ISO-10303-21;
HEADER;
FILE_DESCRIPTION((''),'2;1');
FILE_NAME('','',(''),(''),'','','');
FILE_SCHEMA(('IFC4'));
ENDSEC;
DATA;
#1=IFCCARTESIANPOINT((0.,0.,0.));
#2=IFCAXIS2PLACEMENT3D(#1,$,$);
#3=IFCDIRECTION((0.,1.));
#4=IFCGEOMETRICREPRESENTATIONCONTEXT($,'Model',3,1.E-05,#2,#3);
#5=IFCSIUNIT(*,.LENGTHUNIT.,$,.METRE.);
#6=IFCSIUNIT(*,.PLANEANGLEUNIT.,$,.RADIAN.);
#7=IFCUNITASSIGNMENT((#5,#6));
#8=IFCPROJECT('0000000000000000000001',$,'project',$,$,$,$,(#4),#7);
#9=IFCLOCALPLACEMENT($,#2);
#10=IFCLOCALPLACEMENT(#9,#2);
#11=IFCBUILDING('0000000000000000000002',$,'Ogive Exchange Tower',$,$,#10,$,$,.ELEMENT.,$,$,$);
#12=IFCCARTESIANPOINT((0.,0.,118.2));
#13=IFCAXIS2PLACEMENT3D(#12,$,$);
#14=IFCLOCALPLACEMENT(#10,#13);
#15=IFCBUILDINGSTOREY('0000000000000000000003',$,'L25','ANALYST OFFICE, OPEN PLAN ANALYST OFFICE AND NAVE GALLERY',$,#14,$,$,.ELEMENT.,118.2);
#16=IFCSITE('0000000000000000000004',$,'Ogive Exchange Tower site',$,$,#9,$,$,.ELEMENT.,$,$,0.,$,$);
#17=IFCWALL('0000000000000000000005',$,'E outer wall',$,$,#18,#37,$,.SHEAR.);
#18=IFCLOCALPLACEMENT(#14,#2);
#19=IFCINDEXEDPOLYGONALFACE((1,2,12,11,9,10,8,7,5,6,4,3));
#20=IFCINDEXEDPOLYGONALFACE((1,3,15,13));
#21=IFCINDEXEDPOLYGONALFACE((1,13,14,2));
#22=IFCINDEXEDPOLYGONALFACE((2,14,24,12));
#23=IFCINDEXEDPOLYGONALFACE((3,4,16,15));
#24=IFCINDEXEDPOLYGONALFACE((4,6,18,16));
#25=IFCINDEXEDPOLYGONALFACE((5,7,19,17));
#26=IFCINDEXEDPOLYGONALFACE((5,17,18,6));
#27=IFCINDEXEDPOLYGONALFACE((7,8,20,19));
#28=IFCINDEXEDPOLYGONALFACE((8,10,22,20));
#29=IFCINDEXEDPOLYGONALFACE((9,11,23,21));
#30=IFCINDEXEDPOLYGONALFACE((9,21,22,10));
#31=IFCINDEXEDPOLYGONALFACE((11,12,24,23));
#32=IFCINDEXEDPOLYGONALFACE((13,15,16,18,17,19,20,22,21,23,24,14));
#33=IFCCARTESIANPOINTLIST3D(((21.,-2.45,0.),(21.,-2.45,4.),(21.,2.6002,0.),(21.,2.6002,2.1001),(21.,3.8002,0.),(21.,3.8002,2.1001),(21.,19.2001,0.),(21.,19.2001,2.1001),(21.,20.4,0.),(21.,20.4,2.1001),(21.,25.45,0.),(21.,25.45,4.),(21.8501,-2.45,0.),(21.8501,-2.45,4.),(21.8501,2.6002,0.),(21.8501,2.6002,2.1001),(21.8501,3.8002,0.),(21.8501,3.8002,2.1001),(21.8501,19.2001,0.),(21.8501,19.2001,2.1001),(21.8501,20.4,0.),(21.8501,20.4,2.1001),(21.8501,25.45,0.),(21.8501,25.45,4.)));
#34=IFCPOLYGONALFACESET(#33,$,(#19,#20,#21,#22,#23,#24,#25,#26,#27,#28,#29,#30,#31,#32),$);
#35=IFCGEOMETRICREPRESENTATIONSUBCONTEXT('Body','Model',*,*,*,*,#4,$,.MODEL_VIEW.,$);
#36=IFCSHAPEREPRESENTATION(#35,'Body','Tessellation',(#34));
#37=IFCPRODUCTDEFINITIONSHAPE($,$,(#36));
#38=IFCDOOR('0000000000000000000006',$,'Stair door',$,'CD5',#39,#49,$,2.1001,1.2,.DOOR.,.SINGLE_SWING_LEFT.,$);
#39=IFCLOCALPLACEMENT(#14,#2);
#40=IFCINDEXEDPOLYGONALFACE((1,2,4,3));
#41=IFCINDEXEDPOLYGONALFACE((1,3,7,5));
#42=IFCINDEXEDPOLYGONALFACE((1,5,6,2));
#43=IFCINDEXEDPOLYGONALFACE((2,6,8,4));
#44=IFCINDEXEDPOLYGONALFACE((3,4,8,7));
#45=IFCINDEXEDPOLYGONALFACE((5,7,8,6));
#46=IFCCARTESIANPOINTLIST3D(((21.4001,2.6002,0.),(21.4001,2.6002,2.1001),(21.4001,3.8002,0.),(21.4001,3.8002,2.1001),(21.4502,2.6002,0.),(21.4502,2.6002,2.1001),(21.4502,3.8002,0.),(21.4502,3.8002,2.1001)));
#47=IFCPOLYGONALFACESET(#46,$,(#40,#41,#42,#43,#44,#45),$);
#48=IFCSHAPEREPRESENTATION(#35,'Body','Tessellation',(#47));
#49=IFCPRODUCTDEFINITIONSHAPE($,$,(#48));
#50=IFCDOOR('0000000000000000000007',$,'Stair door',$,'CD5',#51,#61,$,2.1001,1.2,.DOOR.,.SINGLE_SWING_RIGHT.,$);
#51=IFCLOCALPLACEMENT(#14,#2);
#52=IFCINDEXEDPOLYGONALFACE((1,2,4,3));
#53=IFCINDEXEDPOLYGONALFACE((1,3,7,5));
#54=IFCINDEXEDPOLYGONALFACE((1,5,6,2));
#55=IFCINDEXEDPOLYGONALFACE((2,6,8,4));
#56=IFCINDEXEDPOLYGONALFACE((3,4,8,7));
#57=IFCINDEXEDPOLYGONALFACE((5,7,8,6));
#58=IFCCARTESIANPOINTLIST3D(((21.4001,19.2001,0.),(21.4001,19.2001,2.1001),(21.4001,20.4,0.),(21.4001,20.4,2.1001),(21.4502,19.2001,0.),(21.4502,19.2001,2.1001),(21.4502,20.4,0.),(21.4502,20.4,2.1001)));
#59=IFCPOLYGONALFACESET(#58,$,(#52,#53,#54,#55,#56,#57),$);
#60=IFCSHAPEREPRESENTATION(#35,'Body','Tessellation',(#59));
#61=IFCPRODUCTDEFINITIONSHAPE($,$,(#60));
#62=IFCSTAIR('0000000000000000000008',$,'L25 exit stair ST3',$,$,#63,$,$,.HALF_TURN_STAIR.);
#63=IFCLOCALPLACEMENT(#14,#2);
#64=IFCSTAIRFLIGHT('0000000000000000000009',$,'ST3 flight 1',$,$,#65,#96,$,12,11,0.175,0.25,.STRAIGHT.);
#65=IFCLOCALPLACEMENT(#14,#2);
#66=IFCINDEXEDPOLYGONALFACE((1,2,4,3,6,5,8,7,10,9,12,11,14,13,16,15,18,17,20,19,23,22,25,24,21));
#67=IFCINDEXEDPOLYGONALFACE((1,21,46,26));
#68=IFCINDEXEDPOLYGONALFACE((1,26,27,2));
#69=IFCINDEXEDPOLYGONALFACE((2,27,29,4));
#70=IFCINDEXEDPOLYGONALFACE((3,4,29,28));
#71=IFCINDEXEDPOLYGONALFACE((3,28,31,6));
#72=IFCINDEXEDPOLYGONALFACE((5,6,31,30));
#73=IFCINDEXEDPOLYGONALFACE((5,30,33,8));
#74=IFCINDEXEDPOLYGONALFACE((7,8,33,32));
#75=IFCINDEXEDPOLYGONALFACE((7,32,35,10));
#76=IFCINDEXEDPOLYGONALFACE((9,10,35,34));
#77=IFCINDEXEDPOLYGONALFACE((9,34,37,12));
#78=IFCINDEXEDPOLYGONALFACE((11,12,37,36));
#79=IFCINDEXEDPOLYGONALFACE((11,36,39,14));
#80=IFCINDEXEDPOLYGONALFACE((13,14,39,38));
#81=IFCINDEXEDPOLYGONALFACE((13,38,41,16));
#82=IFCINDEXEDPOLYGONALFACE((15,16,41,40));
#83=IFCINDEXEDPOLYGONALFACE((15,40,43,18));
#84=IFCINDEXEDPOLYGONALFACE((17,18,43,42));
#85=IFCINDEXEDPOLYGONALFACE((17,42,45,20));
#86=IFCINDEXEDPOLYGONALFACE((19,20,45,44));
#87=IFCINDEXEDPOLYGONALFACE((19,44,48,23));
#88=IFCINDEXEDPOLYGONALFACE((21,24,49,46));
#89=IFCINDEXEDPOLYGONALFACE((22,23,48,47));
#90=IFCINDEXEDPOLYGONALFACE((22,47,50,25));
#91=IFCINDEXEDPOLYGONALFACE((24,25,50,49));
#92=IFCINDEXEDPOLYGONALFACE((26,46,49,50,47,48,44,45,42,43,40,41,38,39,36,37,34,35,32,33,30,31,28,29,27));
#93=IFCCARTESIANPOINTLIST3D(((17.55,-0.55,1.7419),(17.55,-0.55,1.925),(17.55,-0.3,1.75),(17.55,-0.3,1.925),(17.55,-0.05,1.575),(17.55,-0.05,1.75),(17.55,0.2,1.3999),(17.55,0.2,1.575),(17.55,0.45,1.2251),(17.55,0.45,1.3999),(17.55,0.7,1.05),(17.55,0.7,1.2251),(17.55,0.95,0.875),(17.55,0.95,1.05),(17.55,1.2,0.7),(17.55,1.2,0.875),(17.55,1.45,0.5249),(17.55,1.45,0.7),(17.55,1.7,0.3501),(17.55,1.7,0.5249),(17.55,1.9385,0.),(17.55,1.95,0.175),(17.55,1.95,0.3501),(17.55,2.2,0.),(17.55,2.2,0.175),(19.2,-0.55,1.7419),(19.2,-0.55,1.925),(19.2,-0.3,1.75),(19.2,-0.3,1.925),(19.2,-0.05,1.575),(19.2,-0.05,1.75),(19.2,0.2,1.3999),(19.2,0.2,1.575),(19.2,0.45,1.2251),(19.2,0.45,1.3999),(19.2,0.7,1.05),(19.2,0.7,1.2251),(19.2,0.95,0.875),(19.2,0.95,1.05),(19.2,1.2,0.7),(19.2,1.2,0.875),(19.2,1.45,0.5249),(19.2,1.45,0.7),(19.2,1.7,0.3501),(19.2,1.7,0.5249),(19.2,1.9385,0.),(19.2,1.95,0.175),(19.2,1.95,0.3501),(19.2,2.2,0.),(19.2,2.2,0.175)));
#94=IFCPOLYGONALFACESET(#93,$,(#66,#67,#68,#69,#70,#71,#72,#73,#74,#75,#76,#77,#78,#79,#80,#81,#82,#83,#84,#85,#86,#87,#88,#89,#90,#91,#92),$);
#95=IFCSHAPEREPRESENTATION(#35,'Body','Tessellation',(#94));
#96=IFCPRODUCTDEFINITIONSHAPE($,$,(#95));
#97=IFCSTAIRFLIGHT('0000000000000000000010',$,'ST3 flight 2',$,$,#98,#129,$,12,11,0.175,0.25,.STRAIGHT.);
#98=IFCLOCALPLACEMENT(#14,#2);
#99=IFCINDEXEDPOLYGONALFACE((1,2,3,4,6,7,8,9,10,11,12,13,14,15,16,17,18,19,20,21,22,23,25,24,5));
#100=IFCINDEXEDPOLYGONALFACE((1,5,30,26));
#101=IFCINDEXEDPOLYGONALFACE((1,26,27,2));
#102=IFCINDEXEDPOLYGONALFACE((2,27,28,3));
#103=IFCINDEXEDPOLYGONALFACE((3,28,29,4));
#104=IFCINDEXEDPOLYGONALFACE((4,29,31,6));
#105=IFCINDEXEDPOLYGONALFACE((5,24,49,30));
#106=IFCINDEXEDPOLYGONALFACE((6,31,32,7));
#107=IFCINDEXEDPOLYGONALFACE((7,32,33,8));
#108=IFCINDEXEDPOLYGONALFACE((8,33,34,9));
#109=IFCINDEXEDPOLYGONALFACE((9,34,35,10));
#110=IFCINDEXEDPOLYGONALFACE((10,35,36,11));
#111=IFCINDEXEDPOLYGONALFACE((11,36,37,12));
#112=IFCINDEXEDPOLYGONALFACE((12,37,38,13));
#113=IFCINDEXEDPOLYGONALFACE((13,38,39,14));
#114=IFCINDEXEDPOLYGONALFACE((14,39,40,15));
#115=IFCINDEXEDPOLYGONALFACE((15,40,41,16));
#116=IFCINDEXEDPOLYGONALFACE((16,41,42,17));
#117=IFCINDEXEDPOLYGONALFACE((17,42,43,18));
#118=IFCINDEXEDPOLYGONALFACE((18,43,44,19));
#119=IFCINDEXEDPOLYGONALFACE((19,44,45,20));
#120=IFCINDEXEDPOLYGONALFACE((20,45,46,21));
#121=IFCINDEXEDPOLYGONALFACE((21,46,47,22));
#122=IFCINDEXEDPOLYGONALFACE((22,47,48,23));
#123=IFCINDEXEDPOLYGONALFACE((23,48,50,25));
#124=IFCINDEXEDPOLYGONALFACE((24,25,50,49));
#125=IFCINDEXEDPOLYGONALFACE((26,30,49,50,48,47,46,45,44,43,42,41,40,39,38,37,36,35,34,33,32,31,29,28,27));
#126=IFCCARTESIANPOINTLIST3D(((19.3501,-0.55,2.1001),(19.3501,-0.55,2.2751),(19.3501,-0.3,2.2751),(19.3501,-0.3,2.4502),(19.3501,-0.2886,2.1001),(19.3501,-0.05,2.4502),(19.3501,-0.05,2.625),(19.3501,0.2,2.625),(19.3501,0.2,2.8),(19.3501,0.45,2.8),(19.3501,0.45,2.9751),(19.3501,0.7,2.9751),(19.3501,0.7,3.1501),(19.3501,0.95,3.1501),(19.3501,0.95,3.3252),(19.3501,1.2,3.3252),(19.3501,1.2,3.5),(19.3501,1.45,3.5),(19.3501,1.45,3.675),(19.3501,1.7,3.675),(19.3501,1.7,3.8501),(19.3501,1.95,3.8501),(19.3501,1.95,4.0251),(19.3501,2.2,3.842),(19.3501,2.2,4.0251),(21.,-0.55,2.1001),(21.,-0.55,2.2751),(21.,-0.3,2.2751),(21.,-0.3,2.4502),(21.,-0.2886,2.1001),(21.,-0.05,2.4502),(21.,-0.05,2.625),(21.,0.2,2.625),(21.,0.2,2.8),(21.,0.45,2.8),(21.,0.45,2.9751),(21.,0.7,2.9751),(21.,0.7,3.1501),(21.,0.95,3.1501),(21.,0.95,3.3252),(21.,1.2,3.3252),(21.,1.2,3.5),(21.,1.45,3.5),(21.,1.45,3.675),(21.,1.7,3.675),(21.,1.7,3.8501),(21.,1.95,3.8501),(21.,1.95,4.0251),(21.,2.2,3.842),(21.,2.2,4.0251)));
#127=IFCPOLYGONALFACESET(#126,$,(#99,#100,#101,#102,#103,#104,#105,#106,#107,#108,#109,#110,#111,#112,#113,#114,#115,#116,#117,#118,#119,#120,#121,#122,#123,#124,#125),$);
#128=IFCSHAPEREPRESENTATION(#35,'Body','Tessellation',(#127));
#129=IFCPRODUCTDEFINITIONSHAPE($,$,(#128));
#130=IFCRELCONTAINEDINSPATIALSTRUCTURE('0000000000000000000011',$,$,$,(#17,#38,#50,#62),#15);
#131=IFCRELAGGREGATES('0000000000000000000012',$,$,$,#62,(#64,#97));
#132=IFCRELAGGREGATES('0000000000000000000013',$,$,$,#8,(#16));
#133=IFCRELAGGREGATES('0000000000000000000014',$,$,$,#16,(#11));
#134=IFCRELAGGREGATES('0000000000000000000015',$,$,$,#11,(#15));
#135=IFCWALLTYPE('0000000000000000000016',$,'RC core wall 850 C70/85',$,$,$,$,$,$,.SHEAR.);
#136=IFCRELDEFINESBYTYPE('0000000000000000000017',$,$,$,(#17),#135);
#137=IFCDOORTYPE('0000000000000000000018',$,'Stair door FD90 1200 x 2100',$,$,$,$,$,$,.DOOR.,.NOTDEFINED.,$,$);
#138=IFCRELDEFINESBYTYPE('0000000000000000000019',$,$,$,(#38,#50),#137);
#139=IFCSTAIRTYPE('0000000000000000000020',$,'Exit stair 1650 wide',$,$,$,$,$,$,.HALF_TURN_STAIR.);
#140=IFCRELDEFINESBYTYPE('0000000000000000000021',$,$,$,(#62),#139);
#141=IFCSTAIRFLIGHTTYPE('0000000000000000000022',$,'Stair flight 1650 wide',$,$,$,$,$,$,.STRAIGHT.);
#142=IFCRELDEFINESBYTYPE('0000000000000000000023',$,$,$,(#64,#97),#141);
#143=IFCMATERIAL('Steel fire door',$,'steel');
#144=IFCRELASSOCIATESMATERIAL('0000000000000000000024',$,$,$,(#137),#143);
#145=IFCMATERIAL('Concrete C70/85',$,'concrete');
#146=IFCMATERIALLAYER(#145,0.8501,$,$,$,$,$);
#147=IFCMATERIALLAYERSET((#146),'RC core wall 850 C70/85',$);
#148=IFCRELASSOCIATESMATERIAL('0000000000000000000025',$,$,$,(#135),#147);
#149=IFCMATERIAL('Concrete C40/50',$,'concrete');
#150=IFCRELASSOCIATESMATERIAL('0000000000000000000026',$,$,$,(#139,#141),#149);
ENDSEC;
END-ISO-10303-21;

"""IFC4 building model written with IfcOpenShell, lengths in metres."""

from ifc_helpers import new_model, si_unit, direction, frame, frame_2d, origin, place, context, subcontext, project, spatial, polyline, rectangle, outline, extrude, material, layer, layer_set, type_object, element, fill, aggregate, save


model = new_model("IFC4")

# Units and contexts
model_context = context("Model", 3, precision=1e-05, world=origin(), true_north=direction((0.0, 1.0)))
body_context = subcontext(model_context, "Body", "Model", "MODEL_VIEW")
ifc_project = project(units=[si_unit("LENGTHUNIT", "METRE"), si_unit("PLANEANGLEUNIT", "RADIAN")], contexts=[model_context])

# Site, building, storey
site_placement = place(None, origin())
site = spatial("IfcSite", under=ifc_project, at=site_placement, Name="Ogive Exchange Tower site", CompositionType="ELEMENT", RefElevation=0.0)
building_placement = place(site_placement, origin())
building = spatial("IfcBuilding", under=site, at=building_placement, Name="Ogive Exchange Tower", CompositionType="ELEMENT")
storey_placement = place(building_placement, frame((0.0, 0.0, 118.2)))
storey = spatial("IfcBuildingStorey", under=building, at=storey_placement, Name="L25", Description="ANALYST OFFICE, OPEN PLAN ANALYST OFFICE AND NAVE GALLERY", CompositionType="ELEMENT", Elevation=118.2)

# Shared definitions
ifc_material_1 = material(Name="Concrete C70/85", Category="concrete")
ifc_material_2 = material(Name="Steel fire door", Category="steel")
door_type_1 = type_object("IfcDoorType", Name="Stair door FD90 1200 x 2100", OperationType="NOTDEFINED", PredefinedType="DOOR", material=ifc_material_2)

# Wall, openings, doors
ifc_layer_1 = layer(ifc_material_1, 0.8501)
ifc_layer_set_1 = layer_set([ifc_layer_1], Name="RC core wall 850 C70/85")
wall_type_1 = type_object("IfcWallType", Name="RC core wall 850 C70/85", PredefinedType="SHEAR", material=ifc_layer_set_1)
wall_1_placement = place(storey_placement, frame((21.425, -2.45, 0.0), z_axis=(0.0, 0.0, 1.0), x_axis=(0.0, 1.0, 0.0)))
wall_1 = element("IfcWall", 1, at=wall_1_placement, inside=storey, type_object=wall_type_1, Name="E outer wall", PredefinedType="SHEAR", context=body_context, shape_type="SweptSolid", body=[
    extrude(rectangle(XDim=27.8999, YDim=0.8501, at=frame_2d((13.95, 0.0))), origin(), (0.0, 0.0, 1.0), 4.0),
])
opening_1_placement = place(wall_1_placement, frame((5.05, 0.0, 0.0)))
opening_1 = element("IfcOpeningElement", 2, at=opening_1_placement, cuts=wall_1, PredefinedType="OPENING", context=body_context, shape_type="SweptSolid", body=[
    extrude(rectangle(XDim=1.2, YDim=2.1001, at=frame_2d((0.6001, 1.05))), frame((0.0, 0.4351, 0.0), z_axis=(0.0, -1.0, 0.0), x_axis=(1.0, 0.0, 0.0)), (0.0, 0.0, 1.0), 0.8701),
])
opening_2_placement = place(wall_1_placement, frame((21.6499, 0.0, 0.0)))
opening_2 = element("IfcOpeningElement", 3, at=opening_2_placement, cuts=wall_1, PredefinedType="OPENING", context=body_context, shape_type="SweptSolid", body=[
    extrude(rectangle(XDim=1.2, YDim=2.1001, at=frame_2d((0.6001, 1.05))), frame((0.0, 0.4351, 0.0), z_axis=(0.0, -1.0, 0.0), x_axis=(1.0, 0.0, 0.0)), (0.0, 0.0, 1.0), 0.8701),
])
door_1_placement = place(opening_1_placement, origin())
door_1 = element("IfcDoor", 4, at=door_1_placement, inside=storey, type_object=door_type_1, Name="Stair door", ObjectType="CD5", OperationType="SINGLE_SWING_LEFT", OverallHeight=2.1001, OverallWidth=1.2, PredefinedType="DOOR", context=body_context, shape_type="SweptSolid", body=[
    extrude(rectangle(XDim=1.2, YDim=2.1001, at=frame_2d((0.6001, 1.05))), frame((0.0, 0.0249, 0.0), z_axis=(0.0, -1.0, 0.0), x_axis=(1.0, 0.0, 0.0)), (0.0, 0.0, 1.0), 0.05),
])
fill(opening_1, door_1)
door_2_placement = place(opening_2_placement, origin())
door_2 = element("IfcDoor", 5, at=door_2_placement, inside=storey, type_object=door_type_1, Name="Stair door", ObjectType="CD5", OperationType="SINGLE_SWING_RIGHT", OverallHeight=2.1001, OverallWidth=1.2, PredefinedType="DOOR", context=body_context, shape_type="SweptSolid", body=[
    extrude(rectangle(XDim=1.2, YDim=2.1001, at=frame_2d((0.6001, 1.05))), frame((0.0, 0.0249, 0.0), z_axis=(0.0, -1.0, 0.0), x_axis=(1.0, 0.0, 0.0)), (0.0, 0.0, 1.0), 0.05),
])
fill(opening_2, door_2)

# Stair, stair flights
ifc_material_3 = material(Name="Concrete C40/50", Category="concrete")
stair_type = type_object("IfcStairType", Name="Exit stair 1650 wide", PredefinedType="HALF_TURN_STAIR", material=ifc_material_3)
stair_placement = place(storey_placement, origin())
stair = element("IfcStair", 6, at=stair_placement, inside=storey, type_object=stair_type, Name="L25 exit stair ST3", PredefinedType="HALF_TURN_STAIR")
stair_flight_type = type_object("IfcStairFlightType", Name="Stair flight 1650 wide", PredefinedType="STRAIGHT", material=ifc_material_3)
stair_flight_1_placement = place(storey_placement, frame((18.375, 2.2, 0.0), z_axis=(0.0, 0.0, 1.0), x_axis=(0.0, -1.0, 0.0)))
stair_flight_1 = element("IfcStairFlight", 7, at=stair_flight_1_placement, type_object=stair_flight_type, Name="ST3 flight 1", NumberOfRisers=12, NumberOfTreads=11, PredefinedType="STRAIGHT", RiserHeight=0.175, TreadLength=0.25, context=body_context, shape_type="SweptSolid", body=[
    extrude(outline(polyline([(0.0, 0.0), (0.0, 0.175), (0.25, 0.175), (0.25, 0.3501), (0.5, 0.3501), (0.5, 0.5249), (0.75, 0.5249), (0.75, 0.7), (1.0, 0.7), (1.0, 0.875), (1.25, 0.875), (1.25, 1.05), (1.5, 1.05), (1.5, 1.2251), (1.75, 1.2251), (1.75, 1.3999), (2.0, 1.3999), (2.0, 1.575), (2.25, 1.575), (2.25, 1.75), (2.5, 1.75), (2.5, 1.925), (2.75, 1.925), (2.75, 2.1001), (2.75, 1.7419), (0.2615, 0.0), (0.0, 0.0)])), frame((0.0, 0.825, 0.0), z_axis=(0.0, -1.0, 0.0), x_axis=(1.0, 0.0, 0.0)), (0.0, 0.0, 1.0), 1.6499),
])
stair_flight_2_placement = place(storey_placement, frame((20.175, -0.55, 2.1001), z_axis=(0.0, 0.0, 1.0), x_axis=(0.0, 1.0, 0.0)))
stair_flight_2 = element("IfcStairFlight", 8, at=stair_flight_2_placement, type_object=stair_flight_type, Name="ST3 flight 2", NumberOfRisers=12, NumberOfTreads=11, PredefinedType="STRAIGHT", RiserHeight=0.175, TreadLength=0.25, context=body_context, shape_type="SweptSolid", body=[
    extrude(outline(polyline([(0.0, 0.0), (0.0, 0.175), (0.25, 0.175), (0.25, 0.3501), (0.5, 0.3501), (0.5, 0.5249), (0.75, 0.5249), (0.75, 0.7), (1.0, 0.7), (1.0, 0.875), (1.25, 0.875), (1.25, 1.05), (1.5, 1.05), (1.5, 1.2251), (1.75, 1.2251), (1.75, 1.3999), (2.0, 1.3999), (2.0, 1.575), (2.25, 1.575), (2.25, 1.75), (2.5, 1.75), (2.5, 1.925), (2.75, 1.925), (2.75, 2.1001), (2.75, 1.7419), (0.2615, 0.0), (0.0, 0.0)])), frame((0.0, 0.825, 0.0), z_axis=(0.0, -1.0, 0.0), x_axis=(1.0, 0.0, 0.0)), (0.0, 0.0, 1.0), 1.6499),
])
aggregate(stair, [stair_flight_1, stair_flight_2])

save(model, "model.ifc")
